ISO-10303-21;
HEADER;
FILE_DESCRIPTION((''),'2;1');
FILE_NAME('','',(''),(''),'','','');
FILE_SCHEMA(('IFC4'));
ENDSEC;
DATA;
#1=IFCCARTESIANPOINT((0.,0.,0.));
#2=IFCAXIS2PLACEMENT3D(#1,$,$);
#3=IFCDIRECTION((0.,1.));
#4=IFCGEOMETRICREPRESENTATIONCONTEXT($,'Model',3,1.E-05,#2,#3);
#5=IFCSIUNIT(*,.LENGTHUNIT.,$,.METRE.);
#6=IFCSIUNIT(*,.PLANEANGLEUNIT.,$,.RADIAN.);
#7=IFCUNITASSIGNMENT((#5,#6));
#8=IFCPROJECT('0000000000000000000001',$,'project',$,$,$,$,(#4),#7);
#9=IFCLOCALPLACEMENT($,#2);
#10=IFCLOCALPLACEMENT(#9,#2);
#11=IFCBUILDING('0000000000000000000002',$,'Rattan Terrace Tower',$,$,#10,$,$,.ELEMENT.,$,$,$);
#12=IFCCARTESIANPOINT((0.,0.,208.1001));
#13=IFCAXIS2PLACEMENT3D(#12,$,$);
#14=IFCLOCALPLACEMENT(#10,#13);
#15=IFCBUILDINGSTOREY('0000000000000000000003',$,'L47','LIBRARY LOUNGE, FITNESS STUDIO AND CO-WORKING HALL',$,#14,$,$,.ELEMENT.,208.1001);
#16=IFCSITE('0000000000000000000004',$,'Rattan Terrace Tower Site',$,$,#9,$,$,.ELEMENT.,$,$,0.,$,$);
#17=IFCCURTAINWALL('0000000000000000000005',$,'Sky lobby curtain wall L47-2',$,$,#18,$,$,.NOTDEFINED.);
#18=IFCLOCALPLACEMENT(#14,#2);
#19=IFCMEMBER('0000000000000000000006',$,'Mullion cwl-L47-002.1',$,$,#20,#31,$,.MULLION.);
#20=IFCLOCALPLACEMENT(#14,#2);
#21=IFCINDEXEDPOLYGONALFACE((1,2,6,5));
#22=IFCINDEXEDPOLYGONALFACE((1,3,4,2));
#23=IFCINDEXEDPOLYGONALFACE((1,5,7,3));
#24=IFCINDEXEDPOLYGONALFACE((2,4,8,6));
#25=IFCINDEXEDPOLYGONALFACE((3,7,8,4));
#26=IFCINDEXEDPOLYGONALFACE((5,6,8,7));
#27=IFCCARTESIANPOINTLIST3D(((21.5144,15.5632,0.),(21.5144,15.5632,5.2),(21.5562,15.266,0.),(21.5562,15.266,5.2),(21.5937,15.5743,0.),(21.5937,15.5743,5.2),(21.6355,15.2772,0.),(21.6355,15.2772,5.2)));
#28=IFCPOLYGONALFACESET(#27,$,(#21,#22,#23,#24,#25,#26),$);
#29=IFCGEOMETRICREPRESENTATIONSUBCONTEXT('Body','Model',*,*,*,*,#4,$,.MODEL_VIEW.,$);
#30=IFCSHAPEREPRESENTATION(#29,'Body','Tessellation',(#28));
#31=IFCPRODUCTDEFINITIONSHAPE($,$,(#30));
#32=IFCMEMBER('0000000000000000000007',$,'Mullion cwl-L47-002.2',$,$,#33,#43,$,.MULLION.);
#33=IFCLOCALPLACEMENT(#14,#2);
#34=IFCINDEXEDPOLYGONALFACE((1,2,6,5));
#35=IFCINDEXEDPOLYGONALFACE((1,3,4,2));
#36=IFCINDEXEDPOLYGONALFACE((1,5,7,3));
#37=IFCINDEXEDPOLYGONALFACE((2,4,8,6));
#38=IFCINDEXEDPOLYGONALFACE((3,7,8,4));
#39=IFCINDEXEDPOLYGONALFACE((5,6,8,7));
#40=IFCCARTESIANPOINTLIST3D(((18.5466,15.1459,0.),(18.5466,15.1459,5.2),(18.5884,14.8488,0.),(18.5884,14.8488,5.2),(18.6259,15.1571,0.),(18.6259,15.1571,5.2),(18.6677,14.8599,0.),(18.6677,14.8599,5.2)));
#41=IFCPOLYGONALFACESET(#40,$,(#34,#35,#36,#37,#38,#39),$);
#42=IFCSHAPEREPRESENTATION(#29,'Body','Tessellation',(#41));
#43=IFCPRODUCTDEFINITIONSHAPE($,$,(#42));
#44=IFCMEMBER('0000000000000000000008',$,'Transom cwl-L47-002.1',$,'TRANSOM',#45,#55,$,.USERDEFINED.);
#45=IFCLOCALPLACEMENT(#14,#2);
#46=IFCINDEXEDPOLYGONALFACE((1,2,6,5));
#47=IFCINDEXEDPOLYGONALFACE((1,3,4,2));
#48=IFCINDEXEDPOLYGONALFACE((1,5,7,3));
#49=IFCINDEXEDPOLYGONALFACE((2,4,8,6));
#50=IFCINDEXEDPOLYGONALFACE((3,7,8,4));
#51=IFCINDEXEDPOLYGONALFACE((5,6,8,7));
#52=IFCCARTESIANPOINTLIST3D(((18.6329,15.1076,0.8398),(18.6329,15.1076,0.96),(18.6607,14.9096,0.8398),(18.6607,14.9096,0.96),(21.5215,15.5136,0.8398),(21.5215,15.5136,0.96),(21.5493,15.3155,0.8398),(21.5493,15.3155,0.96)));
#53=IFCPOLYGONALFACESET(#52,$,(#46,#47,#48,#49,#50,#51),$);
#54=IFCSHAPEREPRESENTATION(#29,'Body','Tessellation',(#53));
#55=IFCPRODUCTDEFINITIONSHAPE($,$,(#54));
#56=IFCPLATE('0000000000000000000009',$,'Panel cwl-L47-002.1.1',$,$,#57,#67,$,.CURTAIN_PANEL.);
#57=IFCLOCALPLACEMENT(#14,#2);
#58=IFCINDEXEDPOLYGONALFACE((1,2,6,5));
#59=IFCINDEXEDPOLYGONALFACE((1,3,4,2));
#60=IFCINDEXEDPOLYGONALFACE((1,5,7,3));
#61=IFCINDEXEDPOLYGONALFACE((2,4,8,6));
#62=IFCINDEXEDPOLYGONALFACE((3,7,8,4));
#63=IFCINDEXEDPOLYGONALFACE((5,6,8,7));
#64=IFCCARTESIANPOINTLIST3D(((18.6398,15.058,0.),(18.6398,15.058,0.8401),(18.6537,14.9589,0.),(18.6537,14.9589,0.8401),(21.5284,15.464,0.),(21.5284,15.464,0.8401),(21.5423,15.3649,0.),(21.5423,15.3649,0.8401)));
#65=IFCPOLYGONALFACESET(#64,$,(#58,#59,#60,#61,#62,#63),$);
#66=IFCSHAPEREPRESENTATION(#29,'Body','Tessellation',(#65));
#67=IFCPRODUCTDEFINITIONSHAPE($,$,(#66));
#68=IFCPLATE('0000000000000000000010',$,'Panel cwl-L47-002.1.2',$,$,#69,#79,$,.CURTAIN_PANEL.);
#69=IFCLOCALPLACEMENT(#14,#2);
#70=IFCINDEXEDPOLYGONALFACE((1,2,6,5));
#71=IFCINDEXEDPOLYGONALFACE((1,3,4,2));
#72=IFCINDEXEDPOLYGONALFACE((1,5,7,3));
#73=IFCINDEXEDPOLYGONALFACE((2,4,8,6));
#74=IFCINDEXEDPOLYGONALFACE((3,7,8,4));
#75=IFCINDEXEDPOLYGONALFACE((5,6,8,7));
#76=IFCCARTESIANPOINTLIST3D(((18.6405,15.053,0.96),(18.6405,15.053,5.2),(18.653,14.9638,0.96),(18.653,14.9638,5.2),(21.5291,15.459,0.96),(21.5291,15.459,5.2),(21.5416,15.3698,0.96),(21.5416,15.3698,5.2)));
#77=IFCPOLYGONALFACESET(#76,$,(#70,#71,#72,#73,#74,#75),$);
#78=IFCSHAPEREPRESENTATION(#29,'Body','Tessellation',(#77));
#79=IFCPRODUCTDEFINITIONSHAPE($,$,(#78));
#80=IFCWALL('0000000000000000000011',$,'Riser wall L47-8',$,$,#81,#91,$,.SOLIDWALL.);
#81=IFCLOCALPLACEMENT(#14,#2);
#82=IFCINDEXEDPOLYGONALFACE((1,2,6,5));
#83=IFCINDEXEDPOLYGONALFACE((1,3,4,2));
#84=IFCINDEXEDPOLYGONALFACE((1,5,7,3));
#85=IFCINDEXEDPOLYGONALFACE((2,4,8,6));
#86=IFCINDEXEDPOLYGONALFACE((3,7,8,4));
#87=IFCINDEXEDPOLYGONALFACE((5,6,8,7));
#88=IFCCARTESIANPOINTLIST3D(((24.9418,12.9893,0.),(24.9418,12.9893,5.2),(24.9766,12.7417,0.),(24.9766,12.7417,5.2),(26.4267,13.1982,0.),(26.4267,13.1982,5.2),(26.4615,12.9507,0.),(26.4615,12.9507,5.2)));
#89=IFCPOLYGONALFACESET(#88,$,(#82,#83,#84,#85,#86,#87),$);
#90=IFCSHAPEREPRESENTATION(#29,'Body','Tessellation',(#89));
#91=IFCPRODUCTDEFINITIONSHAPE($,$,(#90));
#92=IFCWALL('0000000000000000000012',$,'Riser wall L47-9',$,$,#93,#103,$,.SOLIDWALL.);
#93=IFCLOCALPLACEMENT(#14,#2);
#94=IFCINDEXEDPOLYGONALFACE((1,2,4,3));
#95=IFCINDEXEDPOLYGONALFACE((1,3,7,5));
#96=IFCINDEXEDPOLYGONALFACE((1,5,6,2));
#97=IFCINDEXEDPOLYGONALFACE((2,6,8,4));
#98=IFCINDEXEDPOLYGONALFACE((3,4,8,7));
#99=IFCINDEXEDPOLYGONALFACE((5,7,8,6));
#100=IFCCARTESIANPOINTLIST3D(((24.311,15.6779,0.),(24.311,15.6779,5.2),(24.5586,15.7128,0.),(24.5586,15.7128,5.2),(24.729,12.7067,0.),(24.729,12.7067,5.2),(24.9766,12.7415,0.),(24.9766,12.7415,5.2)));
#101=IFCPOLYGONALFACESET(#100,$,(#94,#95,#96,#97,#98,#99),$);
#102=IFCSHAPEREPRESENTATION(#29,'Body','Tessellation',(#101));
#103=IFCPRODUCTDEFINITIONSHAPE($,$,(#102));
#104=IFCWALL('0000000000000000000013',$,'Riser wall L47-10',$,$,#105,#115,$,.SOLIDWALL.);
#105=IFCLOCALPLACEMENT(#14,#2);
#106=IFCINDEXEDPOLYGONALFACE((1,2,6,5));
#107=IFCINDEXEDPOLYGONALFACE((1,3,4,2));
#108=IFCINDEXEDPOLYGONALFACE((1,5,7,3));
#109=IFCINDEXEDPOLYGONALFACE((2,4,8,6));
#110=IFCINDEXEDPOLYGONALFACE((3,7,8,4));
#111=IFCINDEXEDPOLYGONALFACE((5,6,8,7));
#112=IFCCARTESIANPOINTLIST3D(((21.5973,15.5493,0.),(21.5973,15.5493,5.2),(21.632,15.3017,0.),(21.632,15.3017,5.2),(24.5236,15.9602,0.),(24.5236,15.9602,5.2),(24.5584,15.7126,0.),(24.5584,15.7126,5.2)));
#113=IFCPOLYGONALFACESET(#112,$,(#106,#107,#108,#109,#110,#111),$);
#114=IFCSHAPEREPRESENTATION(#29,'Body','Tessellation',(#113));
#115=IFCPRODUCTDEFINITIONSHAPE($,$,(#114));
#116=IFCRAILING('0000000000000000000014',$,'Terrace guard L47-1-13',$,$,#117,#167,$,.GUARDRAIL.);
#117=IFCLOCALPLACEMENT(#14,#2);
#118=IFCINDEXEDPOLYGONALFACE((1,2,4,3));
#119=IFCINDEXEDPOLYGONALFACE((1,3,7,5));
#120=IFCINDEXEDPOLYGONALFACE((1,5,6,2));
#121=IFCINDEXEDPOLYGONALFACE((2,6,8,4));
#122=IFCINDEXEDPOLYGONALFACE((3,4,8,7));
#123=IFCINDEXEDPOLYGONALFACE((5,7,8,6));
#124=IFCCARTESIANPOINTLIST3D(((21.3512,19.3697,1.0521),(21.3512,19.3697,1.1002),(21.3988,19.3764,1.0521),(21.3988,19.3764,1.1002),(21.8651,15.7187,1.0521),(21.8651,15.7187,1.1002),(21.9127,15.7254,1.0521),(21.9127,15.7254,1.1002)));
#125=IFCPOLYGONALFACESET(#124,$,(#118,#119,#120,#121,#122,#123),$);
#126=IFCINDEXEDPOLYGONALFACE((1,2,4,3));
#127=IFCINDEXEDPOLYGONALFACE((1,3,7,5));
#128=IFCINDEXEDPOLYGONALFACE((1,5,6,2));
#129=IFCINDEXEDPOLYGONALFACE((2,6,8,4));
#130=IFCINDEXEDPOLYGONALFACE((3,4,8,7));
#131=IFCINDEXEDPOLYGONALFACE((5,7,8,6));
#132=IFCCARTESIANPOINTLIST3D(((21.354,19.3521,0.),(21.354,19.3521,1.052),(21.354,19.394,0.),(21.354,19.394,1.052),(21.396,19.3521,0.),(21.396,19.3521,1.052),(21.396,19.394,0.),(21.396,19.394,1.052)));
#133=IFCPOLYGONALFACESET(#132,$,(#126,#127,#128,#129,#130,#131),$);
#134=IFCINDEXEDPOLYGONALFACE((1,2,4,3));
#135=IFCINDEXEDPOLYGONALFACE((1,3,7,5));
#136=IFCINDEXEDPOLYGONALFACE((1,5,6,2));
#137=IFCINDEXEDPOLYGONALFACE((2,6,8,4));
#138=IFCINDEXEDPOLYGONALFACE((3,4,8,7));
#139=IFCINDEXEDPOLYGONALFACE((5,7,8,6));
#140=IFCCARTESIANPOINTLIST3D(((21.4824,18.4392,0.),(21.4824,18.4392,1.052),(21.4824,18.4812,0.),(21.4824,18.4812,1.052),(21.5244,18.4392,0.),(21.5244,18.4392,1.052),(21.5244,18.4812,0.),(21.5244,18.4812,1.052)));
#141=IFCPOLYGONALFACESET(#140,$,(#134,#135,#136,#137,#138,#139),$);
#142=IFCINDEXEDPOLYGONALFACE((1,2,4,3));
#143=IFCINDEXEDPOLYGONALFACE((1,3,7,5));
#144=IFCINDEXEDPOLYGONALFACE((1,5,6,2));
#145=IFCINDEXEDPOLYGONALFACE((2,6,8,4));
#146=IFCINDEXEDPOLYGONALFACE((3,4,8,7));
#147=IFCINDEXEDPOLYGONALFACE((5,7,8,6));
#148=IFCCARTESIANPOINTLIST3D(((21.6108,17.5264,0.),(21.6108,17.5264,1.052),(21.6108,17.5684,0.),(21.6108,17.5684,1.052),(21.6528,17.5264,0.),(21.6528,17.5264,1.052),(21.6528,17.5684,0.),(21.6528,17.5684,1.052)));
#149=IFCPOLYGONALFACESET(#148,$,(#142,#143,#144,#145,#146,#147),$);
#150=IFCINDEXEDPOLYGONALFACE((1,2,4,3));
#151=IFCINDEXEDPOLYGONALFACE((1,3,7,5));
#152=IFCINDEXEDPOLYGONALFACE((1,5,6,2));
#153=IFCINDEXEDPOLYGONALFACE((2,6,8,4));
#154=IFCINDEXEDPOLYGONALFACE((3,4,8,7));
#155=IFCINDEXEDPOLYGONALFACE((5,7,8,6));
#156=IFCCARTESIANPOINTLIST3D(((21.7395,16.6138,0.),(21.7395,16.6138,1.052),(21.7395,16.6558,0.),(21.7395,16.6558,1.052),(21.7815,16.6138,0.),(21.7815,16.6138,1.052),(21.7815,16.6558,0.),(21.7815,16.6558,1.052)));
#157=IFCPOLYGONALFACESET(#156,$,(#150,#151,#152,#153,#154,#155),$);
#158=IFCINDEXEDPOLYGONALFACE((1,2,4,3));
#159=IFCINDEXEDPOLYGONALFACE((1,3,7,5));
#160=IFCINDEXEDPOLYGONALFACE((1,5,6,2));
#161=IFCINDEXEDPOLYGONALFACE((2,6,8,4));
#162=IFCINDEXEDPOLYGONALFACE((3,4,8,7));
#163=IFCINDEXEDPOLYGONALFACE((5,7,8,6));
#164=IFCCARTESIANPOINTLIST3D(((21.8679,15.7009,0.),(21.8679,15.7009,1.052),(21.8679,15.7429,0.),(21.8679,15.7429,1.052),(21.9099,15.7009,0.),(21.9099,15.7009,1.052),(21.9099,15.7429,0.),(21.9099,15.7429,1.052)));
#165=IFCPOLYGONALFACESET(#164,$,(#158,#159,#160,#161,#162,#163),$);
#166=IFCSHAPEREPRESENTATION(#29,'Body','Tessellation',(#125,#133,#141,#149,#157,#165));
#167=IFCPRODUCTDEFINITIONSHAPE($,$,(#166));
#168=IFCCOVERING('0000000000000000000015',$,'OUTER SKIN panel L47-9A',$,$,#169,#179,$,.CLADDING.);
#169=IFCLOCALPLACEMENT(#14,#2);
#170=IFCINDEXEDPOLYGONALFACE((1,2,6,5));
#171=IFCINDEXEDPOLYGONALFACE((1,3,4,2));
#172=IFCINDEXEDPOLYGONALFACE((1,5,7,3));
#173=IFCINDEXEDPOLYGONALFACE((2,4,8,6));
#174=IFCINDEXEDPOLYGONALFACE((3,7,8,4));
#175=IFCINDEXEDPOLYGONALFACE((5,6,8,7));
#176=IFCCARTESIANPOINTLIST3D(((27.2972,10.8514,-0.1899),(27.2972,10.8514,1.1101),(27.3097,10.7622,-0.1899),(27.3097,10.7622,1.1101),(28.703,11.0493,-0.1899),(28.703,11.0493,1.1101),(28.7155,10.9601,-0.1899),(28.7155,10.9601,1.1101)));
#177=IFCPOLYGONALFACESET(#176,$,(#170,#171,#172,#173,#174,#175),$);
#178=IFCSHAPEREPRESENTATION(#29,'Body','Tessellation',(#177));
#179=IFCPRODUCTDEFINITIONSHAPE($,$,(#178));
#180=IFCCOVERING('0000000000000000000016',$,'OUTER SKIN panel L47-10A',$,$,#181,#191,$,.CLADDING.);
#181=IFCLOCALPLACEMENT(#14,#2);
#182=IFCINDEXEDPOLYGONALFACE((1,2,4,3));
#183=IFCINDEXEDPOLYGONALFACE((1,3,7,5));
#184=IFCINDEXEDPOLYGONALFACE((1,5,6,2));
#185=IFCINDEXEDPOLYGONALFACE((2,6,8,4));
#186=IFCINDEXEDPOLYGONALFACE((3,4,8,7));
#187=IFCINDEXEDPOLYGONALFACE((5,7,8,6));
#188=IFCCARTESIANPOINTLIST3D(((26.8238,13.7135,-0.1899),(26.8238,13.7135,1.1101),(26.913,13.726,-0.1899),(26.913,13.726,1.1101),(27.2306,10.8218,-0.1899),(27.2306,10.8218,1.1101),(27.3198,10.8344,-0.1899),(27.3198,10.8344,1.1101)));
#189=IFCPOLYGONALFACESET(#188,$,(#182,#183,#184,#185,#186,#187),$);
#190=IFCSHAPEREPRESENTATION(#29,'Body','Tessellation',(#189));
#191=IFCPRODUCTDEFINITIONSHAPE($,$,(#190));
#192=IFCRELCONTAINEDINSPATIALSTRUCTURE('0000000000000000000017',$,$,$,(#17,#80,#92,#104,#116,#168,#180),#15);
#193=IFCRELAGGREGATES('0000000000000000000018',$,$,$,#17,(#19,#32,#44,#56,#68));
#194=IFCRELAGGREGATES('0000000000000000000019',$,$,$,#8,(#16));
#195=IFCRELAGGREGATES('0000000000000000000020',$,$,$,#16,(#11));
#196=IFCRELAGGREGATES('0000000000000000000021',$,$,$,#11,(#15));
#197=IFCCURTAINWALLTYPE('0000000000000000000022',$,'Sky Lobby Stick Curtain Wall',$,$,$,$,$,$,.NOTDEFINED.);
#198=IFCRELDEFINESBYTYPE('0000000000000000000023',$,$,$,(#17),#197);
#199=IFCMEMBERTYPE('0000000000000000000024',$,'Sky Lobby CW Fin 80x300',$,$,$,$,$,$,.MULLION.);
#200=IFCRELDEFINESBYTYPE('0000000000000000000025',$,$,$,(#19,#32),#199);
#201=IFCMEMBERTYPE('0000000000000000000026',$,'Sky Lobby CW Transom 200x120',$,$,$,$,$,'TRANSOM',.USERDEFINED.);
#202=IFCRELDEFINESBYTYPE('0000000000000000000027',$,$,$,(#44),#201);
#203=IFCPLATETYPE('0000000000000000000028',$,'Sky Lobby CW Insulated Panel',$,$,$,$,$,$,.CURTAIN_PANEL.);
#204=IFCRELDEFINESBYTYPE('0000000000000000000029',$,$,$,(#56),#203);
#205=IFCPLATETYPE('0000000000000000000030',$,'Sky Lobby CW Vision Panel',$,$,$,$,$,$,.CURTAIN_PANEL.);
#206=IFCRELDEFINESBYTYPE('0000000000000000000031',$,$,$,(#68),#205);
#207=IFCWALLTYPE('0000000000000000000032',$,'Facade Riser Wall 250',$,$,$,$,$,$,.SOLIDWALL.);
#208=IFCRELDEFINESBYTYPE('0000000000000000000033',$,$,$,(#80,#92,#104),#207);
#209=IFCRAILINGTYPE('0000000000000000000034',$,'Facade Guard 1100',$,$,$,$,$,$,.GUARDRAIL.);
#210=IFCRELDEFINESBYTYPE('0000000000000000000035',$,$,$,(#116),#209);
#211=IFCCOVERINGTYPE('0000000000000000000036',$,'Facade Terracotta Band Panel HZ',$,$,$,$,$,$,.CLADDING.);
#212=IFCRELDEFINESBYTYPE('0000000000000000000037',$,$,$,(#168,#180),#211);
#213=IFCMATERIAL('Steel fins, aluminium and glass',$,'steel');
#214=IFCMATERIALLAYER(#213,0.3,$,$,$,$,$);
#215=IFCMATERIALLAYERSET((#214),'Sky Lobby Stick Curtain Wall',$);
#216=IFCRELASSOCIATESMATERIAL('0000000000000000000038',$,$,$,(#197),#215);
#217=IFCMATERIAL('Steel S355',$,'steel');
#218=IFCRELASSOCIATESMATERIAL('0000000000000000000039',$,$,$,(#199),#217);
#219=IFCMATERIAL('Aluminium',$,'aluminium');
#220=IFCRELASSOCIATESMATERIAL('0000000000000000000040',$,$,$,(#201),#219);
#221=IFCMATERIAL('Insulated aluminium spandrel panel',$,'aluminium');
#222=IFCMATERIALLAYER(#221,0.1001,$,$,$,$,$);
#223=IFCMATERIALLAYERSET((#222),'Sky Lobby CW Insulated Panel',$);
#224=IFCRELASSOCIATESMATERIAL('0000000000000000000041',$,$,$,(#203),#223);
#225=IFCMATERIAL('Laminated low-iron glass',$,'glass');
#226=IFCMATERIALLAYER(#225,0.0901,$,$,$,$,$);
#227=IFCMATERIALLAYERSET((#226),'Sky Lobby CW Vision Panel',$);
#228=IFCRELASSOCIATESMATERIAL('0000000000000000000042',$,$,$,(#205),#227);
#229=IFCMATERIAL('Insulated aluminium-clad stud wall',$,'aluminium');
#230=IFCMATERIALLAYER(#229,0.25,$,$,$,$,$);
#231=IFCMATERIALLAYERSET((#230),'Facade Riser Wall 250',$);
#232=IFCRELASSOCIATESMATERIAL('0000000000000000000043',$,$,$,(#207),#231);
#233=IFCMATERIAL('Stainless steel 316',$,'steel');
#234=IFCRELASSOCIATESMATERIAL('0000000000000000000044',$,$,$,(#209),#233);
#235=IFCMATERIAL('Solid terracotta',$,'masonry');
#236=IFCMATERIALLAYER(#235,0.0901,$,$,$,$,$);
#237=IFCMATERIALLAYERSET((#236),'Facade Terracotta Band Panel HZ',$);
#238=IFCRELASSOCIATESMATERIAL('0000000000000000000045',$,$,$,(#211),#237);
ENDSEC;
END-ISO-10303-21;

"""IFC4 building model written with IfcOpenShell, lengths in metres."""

from ifc_helpers import new_model, si_unit, direction, frame, frame_2d, origin, origin_2d, place, context, subcontext, project, spatial, rectangle, extrude, material, layer, layer_set, material_profile, profile_set, type_object, element, aggregate, save


model = new_model("IFC4")

# Units and contexts
model_context = context("Model", 3, precision=1e-05, world=origin(), true_north=direction((0.0, 1.0)))
body_context = subcontext(model_context, "Body", "Model", "MODEL_VIEW")
ifc_project = project(units=[si_unit("LENGTHUNIT", "METRE"), si_unit("PLANEANGLEUNIT", "RADIAN")], contexts=[model_context])

# Site, building, storey
site_placement = place(None, origin())
site = spatial("IfcSite", under=ifc_project, at=site_placement, Name="Rattan Terrace Tower Site", CompositionType="ELEMENT", RefElevation=0.0)
building_placement = place(site_placement, origin())
building = spatial("IfcBuilding", under=site, at=building_placement, Name="Rattan Terrace Tower", CompositionType="ELEMENT")
storey_placement = place(building_placement, frame((0.0, 0.0, 208.1001)))
storey = spatial("IfcBuildingStorey", under=building, at=storey_placement, Name="L47", Description="LIBRARY LOUNGE, FITNESS STUDIO AND CO-WORKING HALL", CompositionType="ELEMENT", Elevation=208.1001)

# Curtain wall, members, plates
ifc_material_1 = material(Name="Steel fins, aluminium and glass", Category="steel")
ifc_layer_1 = layer(ifc_material_1, 0.3)
ifc_layer_set_1 = layer_set([ifc_layer_1], Name="Sky Lobby Stick Curtain Wall")
curtain_wall_type = type_object("IfcCurtainWallType", Name="Sky Lobby Stick Curtain Wall", PredefinedType="NOTDEFINED", material=ifc_layer_set_1)
curtain_wall_placement = place(storey_placement, origin())
curtain_wall = element("IfcCurtainWall", 1, at=curtain_wall_placement, inside=storey, type_object=curtain_wall_type, Name="Sky lobby curtain wall L47-2", PredefinedType="NOTDEFINED")
ifc_material_2 = material(Name="Steel S355", Category="steel")
ifc_material_profile_1 = material_profile(ifc_material_2, rectangle(XDim=0.0801, YDim=0.3, at=origin_2d()), Name="Steel S355 80x300")
ifc_profile_set_1 = profile_set([ifc_material_profile_1], Name="Steel S355")
member_type_1 = type_object("IfcMemberType", Name="Sky Lobby CW Fin 80x300", PredefinedType="MULLION", material=ifc_profile_set_1)
member_1_placement = place(storey_placement, frame((21.575, 15.4202, 0.0), z_axis=(0.0, 0.0, 1.0), x_axis=(-0.990267, -0.139177, 0.0)))
member_1 = element("IfcMember", 2, at=member_1_placement, type_object=member_type_1, Name="Mullion cwl-L47-002.1", PredefinedType="MULLION", context=body_context, shape_type="SweptSolid", body=[
    extrude(rectangle(XDim=0.0801, YDim=0.3, at=origin_2d()), origin(), (0.0, 0.0, 1.0), 5.2),
])
member_2_placement = place(storey_placement, frame((18.6072, 15.0029, 0.0), z_axis=(0.0, 0.0, 1.0), x_axis=(-0.990267, -0.139177, 0.0)))
member_2 = element("IfcMember", 3, at=member_2_placement, type_object=member_type_1, Name="Mullion cwl-L47-002.2", PredefinedType="MULLION", context=body_context, shape_type="SweptSolid", body=[
    extrude(rectangle(XDim=0.0801, YDim=0.3, at=origin_2d()), origin(), (0.0, 0.0, 1.0), 5.2),
])
ifc_material_3 = material(Name="Aluminium", Category="aluminium")
ifc_material_profile_2 = material_profile(ifc_material_3, rectangle(XDim=0.2, YDim=0.1201, at=origin_2d()), Name="Aluminium 200x120")
ifc_profile_set_2 = profile_set([ifc_material_profile_2], Name="Aluminium")
member_type_2 = type_object("IfcMemberType", Name="Sky Lobby CW Transom 200x120", ElementType="TRANSOM", PredefinedType="USERDEFINED", material=ifc_profile_set_2)
member_3_placement = place(storey_placement, frame((21.5354, 15.4146, 0.8999), z_axis=(-0.990267, -0.139183, 0.0), x_axis=(0.139183, -0.990267, 0.0)))
member_3 = element("IfcMember", 4, at=member_3_placement, type_object=member_type_2, Name="Transom cwl-L47-002.1", ObjectType="TRANSOM", PredefinedType="USERDEFINED", context=body_context, shape_type="SweptSolid", body=[
    extrude(rectangle(XDim=0.2, YDim=0.1201, at=origin_2d()), origin(), (0.0, 0.0, 1.0), 2.917),
])
ifc_material_4 = material(Name="Insulated aluminium spandrel panel", Category="aluminium")
ifc_layer_2 = layer(ifc_material_4, 0.1001)
ifc_layer_set_2 = layer_set([ifc_layer_2], Name="Sky Lobby CW Insulated Panel")
plate_type_1 = type_object("IfcPlateType", Name="Sky Lobby CW Insulated Panel", PredefinedType="CURTAIN_PANEL", material=ifc_layer_set_2)
plate_1_placement = place(storey_placement, frame((20.0911, 15.2114, 0.0), z_axis=(0.0, 0.0, 1.0), x_axis=(-0.990267, -0.139177, 0.0)))
plate_1 = element("IfcPlate", 5, at=plate_1_placement, type_object=plate_type_1, Name="Panel cwl-L47-002.1.1", PredefinedType="CURTAIN_PANEL", context=body_context, shape_type="SweptSolid", body=[
    extrude(rectangle(XDim=2.917, YDim=0.1001, at=origin_2d()), origin(), (0.0, 0.0, 1.0), 0.8401),
])
ifc_material_5 = material(Name="Laminated low-iron glass", Category="glass")
ifc_layer_3 = layer(ifc_material_5, 0.0901)
ifc_layer_set_3 = layer_set([ifc_layer_3], Name="Sky Lobby CW Vision Panel")
plate_type_2 = type_object("IfcPlateType", Name="Sky Lobby CW Vision Panel", PredefinedType="CURTAIN_PANEL", material=ifc_layer_set_3)
plate_2_placement = place(storey_placement, frame((20.0911, 15.2114, 0.96), z_axis=(0.0, 0.0, 1.0), x_axis=(-0.990267, -0.139177, 0.0)))
plate_2 = element("IfcPlate", 6, at=plate_2_placement, type_object=plate_type_2, Name="Panel cwl-L47-002.1.2", PredefinedType="CURTAIN_PANEL", context=body_context, shape_type="SweptSolid", body=[
    extrude(rectangle(XDim=2.917, YDim=0.0901, at=origin_2d()), origin(), (0.0, 0.0, 1.0), 4.24),
])
aggregate(curtain_wall, [member_1, member_2, member_3, plate_1, plate_2])

# Walls
ifc_material_6 = material(Name="Insulated aluminium-clad stud wall", Category="aluminium")
ifc_layer_4 = layer(ifc_material_6, 0.25)
ifc_layer_set_4 = layer_set([ifc_layer_4], Name="Facade Riser Wall 250")
wall_type_1 = type_object("IfcWallType", Name="Facade Riser Wall 250", PredefinedType="SOLIDWALL", material=ifc_layer_set_4)
wall_1_placement = place(storey_placement, frame((26.4441, 13.0745, 0.0), z_axis=(0.0, 0.0, 1.0), x_axis=(-0.99024, -0.13937, 0.0)))
element("IfcWall", 7, at=wall_1_placement, inside=storey, type_object=wall_type_1, Name="Riser wall L47-8", PredefinedType="SOLIDWALL", context=body_context, shape_type="SweptSolid", body=[
    extrude(rectangle(XDim=1.4995, YDim=0.25, at=frame_2d((0.7498, 0.0))), origin(), (0.0, 0.0, 1.0), 5.2),
])
wall_2_placement = place(storey_placement, frame((24.8528, 12.7241, 0.0), z_axis=(0.0, 0.0, 1.0), x_axis=(-0.139302, 0.99025, 0.0)))
element("IfcWall", 8, at=wall_2_placement, inside=storey, type_object=wall_type_1, Name="Riser wall L47-9", PredefinedType="SOLIDWALL", context=body_context, shape_type="SweptSolid", body=[
    extrude(rectangle(XDim=3.0005, YDim=0.25, at=frame_2d((1.5002, 0.0))), origin(), (0.0, 0.0, 1.0), 5.2),
])
wall_3_placement = place(storey_placement, frame((24.541, 15.8364, 0.0), z_axis=(0.0, 0.0, 1.0), x_axis=(-0.990285, -0.13905, 0.0)))
element("IfcWall", 9, at=wall_3_placement, inside=storey, type_object=wall_type_1, Name="Riser wall L47-10", PredefinedType="SOLIDWALL", context=body_context, shape_type="SweptSolid", body=[
    extrude(rectangle(XDim=2.9551, YDim=0.25, at=frame_2d((1.4775, 0.0))), origin(), (0.0, 0.0, 1.0), 5.2),
])

# Railing
ifc_material_7 = material(Name="Stainless steel 316", Category="steel")
railing_type = type_object("IfcRailingType", Name="Facade Guard 1100", PredefinedType="GUARDRAIL", material=ifc_material_7)
railing_placement = place(storey_placement, frame((21.375, 19.373, 0.0)))
element("IfcRailing", 10, at=railing_placement, inside=storey, type_object=railing_type, Name="Terrace guard L47-1-13", PredefinedType="GUARDRAIL", context=body_context, shape_type="SweptSolid", body=[
    extrude(rectangle(XDim=0.0481, YDim=0.0481, at=origin_2d()), frame((0.0, 0.0, 1.0762), z_axis=(0.139382, -0.990239, 0.0), x_axis=(0.990239, 0.139382, 0.0)), (0.0, 0.0, 1.0), 3.687),
    extrude(rectangle(XDim=0.042, YDim=0.042, at=origin_2d()), origin(), (0.0, 0.0, 1.0), 1.052),
    extrude(rectangle(XDim=0.042, YDim=0.042, at=origin_2d()), frame((0.1284, -0.9128, 0.0)), (0.0, 0.0, 1.0), 1.052),
    extrude(rectangle(XDim=0.042, YDim=0.042, at=origin_2d()), frame((0.2568, -1.8257, 0.0)), (0.0, 0.0, 1.0), 1.052),
    extrude(rectangle(XDim=0.042, YDim=0.042, at=origin_2d()), frame((0.3855, -2.7383, 0.0)), (0.0, 0.0, 1.0), 1.052),
    extrude(rectangle(XDim=0.042, YDim=0.042, at=origin_2d()), frame((0.5139, -3.6511, 0.0)), (0.0, 0.0, 1.0), 1.052),
])

# Coverings
ifc_material_8 = material(Name="Solid terracotta", Category="masonry")
ifc_layer_5 = layer(ifc_material_8, 0.0901)
ifc_layer_set_5 = layer_set([ifc_layer_5], Name="Facade Terracotta Band Panel HZ")
covering_type_1 = type_object("IfcCoveringType", Name="Facade Terracotta Band Panel HZ", PredefinedType="CLADDING", material=ifc_layer_set_5)
covering_1_placement = place(storey_placement, frame((28.0063, 10.9058, -0.1899), z_axis=(0.0, 0.0, 1.0), x_axis=(-0.990241, -0.139367, 0.0)))
element("IfcCovering", 11, at=covering_1_placement, inside=storey, type_object=covering_type_1, Name="OUTER SKIN panel L47-9A", PredefinedType="CLADDING", context=body_context, shape_type="SweptSolid", body=[
    extrude(rectangle(XDim=1.4197, YDim=0.0901, at=origin_2d()), origin(), (0.0, 0.0, 1.0), 1.3),
])
covering_2_placement = place(storey_placement, frame((27.0718, 12.2739, -0.1899), z_axis=(0.0, 0.0, 1.0), x_axis=(-0.139321, 0.990247, 0.0)))
element("IfcCovering", 12, at=covering_2_placement, inside=storey, type_object=covering_type_1, Name="OUTER SKIN panel L47-10A", PredefinedType="CLADDING", context=body_context, shape_type="SweptSolid", body=[
    extrude(rectangle(XDim=2.9202, YDim=0.0901, at=origin_2d()), origin(), (0.0, 0.0, 1.0), 1.3),
])

save(model, "model.ifc")
